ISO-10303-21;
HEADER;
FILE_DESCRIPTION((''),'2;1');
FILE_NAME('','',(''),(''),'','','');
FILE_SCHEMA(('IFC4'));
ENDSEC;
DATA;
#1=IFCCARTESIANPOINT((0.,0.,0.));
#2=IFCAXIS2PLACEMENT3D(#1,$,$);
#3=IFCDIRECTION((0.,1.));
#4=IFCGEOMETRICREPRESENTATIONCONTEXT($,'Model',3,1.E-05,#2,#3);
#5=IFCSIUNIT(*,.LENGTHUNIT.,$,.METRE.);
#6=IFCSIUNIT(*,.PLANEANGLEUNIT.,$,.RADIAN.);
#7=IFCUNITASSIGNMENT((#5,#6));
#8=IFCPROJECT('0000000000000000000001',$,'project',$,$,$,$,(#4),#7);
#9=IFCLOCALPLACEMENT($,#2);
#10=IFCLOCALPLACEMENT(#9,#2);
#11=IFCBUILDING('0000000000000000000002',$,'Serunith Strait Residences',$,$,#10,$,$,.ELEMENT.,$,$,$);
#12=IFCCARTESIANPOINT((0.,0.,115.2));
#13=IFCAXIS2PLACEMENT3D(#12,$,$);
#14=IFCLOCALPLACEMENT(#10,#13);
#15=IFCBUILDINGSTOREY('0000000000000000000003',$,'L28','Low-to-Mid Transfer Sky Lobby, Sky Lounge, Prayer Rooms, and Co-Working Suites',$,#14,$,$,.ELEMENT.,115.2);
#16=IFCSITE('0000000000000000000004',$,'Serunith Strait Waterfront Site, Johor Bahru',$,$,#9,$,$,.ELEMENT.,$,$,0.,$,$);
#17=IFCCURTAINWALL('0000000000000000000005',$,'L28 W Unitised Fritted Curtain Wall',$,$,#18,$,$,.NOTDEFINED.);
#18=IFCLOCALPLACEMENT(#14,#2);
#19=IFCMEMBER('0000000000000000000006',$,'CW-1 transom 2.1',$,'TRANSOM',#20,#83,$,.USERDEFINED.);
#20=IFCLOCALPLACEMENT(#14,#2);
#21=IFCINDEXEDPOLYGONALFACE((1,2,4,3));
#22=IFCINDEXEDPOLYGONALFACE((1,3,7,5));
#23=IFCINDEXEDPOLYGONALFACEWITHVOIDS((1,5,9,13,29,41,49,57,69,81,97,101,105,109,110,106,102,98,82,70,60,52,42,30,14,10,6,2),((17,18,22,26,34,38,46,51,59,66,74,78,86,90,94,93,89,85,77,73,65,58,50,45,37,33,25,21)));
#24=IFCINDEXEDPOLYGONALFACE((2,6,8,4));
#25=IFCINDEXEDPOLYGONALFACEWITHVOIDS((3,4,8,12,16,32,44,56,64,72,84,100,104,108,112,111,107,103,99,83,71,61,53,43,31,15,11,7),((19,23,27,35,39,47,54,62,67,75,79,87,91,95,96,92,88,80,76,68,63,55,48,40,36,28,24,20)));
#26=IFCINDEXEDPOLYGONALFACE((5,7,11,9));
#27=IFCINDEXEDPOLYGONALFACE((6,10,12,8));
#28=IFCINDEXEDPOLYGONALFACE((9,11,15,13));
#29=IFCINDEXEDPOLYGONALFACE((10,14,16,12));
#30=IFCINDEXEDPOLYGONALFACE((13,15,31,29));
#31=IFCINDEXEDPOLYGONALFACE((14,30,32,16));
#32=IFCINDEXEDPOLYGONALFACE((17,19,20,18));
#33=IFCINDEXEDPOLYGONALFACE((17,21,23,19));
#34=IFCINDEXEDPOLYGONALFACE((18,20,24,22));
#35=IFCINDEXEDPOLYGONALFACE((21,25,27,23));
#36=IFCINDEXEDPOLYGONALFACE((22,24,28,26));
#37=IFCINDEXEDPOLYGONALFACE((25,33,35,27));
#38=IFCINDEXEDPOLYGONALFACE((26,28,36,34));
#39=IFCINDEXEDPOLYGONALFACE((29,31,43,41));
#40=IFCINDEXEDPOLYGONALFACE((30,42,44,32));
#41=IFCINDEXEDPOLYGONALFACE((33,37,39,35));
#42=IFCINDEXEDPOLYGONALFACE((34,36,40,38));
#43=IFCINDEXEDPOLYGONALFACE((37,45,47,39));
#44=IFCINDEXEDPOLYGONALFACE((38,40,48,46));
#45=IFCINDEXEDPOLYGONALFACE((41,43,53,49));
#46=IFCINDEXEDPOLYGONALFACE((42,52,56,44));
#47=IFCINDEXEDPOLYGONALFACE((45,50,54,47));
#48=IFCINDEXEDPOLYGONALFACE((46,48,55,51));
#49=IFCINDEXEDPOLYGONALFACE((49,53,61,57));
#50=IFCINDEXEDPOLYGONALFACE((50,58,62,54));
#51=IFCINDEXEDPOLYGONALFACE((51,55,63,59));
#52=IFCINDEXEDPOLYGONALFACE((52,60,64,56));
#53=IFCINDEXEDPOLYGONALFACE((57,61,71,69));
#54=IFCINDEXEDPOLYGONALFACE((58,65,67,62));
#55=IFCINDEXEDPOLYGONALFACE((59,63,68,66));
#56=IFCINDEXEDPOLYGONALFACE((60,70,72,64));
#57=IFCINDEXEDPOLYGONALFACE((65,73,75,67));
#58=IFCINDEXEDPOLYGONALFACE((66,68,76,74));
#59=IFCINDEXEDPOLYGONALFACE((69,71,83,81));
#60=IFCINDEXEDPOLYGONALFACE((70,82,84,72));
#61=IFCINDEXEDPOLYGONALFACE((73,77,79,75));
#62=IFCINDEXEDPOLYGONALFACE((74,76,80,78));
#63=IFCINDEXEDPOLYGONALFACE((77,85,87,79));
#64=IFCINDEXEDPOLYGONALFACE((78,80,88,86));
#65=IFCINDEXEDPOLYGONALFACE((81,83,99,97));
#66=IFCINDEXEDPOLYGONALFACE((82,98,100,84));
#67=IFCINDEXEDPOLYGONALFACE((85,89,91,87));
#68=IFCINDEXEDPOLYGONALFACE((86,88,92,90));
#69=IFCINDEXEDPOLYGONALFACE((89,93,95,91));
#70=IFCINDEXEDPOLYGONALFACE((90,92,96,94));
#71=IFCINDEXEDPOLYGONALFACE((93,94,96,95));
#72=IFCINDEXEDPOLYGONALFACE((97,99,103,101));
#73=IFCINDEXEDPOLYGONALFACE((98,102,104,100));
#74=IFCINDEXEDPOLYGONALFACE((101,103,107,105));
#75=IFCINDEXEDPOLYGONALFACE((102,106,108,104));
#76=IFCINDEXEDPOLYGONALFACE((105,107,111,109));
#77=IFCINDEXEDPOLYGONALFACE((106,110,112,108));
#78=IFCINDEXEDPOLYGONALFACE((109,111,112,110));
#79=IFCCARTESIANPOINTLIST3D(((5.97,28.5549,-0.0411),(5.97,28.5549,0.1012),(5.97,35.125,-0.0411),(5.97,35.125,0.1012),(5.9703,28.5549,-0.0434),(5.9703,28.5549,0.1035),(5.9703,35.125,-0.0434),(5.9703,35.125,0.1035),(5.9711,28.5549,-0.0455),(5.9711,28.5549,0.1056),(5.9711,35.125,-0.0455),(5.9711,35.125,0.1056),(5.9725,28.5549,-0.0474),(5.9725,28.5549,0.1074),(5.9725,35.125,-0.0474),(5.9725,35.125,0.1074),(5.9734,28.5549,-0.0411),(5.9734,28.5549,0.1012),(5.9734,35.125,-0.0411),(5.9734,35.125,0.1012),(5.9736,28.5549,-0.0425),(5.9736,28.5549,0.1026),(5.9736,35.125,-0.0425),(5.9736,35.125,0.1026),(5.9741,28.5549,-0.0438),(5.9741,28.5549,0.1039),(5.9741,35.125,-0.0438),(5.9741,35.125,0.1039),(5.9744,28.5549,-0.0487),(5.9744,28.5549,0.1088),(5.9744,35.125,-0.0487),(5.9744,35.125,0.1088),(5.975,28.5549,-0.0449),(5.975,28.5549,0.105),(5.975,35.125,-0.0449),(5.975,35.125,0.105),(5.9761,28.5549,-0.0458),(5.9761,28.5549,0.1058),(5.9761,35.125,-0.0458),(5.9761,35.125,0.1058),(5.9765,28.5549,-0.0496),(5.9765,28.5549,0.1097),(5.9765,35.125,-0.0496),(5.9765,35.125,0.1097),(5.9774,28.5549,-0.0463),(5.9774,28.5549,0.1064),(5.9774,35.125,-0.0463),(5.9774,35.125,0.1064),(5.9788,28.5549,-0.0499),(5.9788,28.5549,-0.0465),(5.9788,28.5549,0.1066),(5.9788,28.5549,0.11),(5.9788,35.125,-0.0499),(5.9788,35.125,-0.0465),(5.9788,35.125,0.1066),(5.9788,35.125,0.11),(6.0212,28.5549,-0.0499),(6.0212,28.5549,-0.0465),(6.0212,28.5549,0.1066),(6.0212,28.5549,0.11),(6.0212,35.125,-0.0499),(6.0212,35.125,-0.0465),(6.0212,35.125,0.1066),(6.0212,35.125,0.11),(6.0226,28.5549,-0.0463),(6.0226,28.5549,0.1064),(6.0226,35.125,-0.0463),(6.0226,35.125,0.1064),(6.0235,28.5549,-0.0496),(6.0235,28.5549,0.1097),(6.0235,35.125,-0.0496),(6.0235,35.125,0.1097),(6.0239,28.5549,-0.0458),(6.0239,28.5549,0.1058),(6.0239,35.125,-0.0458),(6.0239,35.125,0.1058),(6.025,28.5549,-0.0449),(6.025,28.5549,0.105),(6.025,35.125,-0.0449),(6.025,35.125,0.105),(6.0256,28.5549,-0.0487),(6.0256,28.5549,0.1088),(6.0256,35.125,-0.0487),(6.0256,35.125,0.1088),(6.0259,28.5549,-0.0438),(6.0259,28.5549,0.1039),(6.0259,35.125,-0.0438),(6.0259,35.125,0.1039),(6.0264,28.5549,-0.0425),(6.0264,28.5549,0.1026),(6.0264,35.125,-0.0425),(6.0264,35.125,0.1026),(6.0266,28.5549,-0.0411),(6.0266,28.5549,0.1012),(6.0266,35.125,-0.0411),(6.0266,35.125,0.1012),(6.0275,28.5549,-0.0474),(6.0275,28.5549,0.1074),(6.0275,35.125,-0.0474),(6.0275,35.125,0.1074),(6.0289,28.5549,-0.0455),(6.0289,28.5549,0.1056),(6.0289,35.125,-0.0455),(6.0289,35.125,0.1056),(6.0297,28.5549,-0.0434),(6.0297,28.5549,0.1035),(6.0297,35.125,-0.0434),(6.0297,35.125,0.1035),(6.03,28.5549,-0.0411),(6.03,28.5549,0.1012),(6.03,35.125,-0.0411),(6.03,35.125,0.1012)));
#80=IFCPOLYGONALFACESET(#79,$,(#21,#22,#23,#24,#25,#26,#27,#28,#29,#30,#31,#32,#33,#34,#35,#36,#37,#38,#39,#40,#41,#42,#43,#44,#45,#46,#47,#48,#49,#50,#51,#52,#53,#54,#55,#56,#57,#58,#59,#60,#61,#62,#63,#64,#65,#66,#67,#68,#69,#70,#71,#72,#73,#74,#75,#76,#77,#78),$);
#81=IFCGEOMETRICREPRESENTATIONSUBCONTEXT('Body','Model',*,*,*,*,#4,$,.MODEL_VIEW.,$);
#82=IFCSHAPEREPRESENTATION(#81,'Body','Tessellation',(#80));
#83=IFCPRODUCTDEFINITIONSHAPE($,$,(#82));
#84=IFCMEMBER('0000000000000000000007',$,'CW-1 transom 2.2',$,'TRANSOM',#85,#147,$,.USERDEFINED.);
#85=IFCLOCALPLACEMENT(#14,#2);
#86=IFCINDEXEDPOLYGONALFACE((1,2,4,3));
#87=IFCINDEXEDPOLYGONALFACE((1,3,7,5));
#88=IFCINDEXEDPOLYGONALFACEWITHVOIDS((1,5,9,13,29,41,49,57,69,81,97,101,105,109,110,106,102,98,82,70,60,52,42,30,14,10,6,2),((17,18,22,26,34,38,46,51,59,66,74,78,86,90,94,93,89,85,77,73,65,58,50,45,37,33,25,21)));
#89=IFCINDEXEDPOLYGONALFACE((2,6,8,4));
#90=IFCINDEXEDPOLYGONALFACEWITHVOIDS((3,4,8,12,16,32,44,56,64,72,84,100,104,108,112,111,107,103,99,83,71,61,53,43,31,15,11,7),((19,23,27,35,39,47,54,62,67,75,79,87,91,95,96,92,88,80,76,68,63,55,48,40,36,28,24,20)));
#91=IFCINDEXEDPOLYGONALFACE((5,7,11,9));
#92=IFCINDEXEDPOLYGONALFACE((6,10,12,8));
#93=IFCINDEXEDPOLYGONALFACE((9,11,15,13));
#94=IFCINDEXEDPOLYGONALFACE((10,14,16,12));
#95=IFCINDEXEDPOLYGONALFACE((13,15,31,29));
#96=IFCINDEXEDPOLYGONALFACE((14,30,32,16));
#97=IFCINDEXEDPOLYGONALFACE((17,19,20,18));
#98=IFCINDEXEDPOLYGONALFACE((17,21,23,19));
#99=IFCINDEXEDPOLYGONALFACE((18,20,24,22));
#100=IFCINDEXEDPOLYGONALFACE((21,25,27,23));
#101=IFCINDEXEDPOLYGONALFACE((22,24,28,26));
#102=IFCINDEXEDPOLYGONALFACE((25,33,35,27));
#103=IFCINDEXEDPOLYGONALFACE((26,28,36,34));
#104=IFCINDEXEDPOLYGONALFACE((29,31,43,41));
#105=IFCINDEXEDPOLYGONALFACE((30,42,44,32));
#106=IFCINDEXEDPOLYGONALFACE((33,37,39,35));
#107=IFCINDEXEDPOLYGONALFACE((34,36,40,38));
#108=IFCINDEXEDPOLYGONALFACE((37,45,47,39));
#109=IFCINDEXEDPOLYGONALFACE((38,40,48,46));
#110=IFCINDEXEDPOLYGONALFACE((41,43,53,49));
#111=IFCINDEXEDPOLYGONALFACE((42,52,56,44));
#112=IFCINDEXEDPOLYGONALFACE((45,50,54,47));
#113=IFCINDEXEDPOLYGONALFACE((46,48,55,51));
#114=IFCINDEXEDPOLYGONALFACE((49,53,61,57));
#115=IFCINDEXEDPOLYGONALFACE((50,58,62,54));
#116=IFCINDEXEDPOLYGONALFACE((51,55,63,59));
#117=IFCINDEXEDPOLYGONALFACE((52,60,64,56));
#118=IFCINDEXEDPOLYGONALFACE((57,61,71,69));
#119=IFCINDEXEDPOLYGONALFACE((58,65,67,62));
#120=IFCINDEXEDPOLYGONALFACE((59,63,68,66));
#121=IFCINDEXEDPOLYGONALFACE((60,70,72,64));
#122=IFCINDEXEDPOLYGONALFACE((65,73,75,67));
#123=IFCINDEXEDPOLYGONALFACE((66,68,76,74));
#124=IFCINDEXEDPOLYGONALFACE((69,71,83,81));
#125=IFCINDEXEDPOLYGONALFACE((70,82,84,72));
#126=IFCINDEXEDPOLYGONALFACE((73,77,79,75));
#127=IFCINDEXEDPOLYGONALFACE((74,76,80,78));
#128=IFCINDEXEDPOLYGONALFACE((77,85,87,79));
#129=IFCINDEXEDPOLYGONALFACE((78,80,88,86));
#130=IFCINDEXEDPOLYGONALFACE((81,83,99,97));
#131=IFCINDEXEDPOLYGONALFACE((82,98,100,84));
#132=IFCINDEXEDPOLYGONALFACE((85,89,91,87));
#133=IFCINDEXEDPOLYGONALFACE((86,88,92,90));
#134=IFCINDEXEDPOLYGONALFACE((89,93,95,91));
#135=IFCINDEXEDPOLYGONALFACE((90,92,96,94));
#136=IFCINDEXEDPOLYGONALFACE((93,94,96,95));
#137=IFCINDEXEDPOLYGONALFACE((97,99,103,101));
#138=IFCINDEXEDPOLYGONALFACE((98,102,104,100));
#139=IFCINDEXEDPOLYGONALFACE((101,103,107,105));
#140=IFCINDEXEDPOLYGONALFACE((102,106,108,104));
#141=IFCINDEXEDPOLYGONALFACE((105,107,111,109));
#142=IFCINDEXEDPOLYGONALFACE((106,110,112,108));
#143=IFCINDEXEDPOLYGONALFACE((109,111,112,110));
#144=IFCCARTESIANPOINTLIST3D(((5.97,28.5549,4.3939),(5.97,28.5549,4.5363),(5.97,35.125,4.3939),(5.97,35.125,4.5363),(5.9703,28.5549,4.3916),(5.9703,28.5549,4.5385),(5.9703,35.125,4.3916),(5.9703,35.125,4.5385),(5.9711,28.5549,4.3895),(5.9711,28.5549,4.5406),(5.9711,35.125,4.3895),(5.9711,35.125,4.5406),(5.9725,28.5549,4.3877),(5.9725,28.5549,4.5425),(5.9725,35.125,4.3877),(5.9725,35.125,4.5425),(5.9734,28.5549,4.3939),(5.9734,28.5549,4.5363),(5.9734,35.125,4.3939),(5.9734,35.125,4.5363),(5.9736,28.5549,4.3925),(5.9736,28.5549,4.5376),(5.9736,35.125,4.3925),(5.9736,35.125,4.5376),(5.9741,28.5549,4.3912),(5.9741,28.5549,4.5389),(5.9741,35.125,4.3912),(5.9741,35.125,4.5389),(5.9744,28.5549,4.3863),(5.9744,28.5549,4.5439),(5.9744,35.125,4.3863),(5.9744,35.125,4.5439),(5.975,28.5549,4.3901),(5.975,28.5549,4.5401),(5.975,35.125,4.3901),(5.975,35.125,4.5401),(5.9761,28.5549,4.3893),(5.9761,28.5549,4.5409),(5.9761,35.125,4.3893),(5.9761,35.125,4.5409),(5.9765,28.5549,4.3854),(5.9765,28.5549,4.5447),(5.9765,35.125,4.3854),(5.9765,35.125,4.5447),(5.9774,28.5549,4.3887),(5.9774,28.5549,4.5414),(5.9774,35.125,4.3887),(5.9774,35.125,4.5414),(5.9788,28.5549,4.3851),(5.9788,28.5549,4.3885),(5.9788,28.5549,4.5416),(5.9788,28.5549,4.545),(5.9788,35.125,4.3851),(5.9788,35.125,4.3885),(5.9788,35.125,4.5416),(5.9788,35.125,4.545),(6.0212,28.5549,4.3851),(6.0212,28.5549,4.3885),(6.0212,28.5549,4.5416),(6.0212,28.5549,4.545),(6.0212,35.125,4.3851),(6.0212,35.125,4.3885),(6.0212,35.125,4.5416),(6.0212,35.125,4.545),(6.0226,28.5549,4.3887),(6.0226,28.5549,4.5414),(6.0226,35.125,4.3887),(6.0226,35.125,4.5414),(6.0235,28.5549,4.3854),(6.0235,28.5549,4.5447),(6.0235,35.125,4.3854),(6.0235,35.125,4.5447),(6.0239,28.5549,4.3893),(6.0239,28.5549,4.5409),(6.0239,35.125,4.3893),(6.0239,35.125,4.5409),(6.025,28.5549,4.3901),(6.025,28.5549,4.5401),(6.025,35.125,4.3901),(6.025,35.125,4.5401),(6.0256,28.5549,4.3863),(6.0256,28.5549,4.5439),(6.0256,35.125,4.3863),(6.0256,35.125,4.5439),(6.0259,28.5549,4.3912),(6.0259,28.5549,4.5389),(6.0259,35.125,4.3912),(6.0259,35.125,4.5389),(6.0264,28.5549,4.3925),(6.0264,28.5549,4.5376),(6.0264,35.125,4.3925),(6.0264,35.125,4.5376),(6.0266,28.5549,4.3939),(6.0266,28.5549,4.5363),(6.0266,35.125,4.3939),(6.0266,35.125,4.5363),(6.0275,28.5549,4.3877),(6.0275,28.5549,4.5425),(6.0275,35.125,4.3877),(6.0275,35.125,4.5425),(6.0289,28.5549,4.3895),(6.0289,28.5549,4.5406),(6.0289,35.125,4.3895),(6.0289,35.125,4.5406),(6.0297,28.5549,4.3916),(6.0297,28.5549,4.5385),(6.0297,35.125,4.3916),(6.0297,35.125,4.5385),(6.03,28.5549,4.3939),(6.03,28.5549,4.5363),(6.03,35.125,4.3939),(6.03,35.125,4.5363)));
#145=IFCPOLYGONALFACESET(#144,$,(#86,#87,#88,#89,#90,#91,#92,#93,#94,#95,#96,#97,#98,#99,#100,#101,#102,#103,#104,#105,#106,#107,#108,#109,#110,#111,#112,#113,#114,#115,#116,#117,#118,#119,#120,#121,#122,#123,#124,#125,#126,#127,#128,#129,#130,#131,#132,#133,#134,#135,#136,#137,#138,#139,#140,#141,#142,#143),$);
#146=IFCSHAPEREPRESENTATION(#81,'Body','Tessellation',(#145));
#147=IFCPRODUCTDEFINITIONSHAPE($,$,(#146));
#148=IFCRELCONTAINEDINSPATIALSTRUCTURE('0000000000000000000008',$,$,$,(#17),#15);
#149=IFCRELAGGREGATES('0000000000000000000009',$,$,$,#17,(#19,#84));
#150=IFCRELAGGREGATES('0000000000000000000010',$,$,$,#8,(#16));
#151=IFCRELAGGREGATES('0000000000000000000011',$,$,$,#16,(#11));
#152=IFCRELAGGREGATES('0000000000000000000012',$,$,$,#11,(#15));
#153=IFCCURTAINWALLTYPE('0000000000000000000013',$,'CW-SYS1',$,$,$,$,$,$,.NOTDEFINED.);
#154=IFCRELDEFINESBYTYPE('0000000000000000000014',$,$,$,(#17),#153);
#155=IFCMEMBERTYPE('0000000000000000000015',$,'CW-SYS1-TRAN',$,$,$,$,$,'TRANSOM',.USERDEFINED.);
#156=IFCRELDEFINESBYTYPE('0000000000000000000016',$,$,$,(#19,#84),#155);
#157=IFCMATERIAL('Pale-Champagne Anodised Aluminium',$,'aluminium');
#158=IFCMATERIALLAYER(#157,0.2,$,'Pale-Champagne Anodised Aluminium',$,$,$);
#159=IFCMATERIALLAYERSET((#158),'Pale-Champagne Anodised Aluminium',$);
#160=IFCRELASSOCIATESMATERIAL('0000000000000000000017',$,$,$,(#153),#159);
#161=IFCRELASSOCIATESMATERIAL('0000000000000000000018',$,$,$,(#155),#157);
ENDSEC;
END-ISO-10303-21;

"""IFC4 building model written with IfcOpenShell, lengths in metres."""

from ifc_helpers import new_model, si_unit, direction, frame, origin, origin_2d, place, context, subcontext, project, spatial, hollow_rectangle, extrude, source, transform, mapped, material, layer, layer_set, material_profile, profile_set, type_object, element, aggregate, save


model = new_model("IFC4")

# Units and contexts
model_context = context("Model", 3, precision=1e-05, world=origin(), true_north=direction((0.0, 1.0)))
body_context = subcontext(model_context, "Body", "Model", "MODEL_VIEW")
ifc_project = project(units=[si_unit("LENGTHUNIT", "METRE"), si_unit("PLANEANGLEUNIT", "RADIAN")], contexts=[model_context])

# Site, building, storey
site_placement = place(None, origin())
site = spatial("IfcSite", under=ifc_project, at=site_placement, Name="Serunith Strait Waterfront Site, Johor Bahru", CompositionType="ELEMENT", RefElevation=0.0)
building_placement = place(site_placement, origin())
building = spatial("IfcBuilding", under=site, at=building_placement, Name="Serunith Strait Residences", CompositionType="ELEMENT")
storey_placement = place(building_placement, frame((0.0, 0.0, 115.2)))
storey = spatial("IfcBuildingStorey", under=building, at=storey_placement, Name="L28", Description="Low-to-Mid Transfer Sky Lobby, Sky Lounge, Prayer Rooms, and Co-Working Suites", CompositionType="ELEMENT", Elevation=115.2)

# Curtain wall, members
ifc_material_1 = material(Name="Pale-Champagne Anodised Aluminium", Category="aluminium")
ifc_layer_1 = layer(ifc_material_1, 0.2, Name="Pale-Champagne Anodised Aluminium")
ifc_layer_set_1 = layer_set([ifc_layer_1], Name="Pale-Champagne Anodised Aluminium")
curtain_wall_type = type_object("IfcCurtainWallType", Name="CW-SYS1", PredefinedType="NOTDEFINED", material=ifc_layer_set_1)
curtain_wall_placement = place(storey_placement, origin())
curtain_wall = element("IfcCurtainWall", 1, at=curtain_wall_placement, inside=storey, type_object=curtain_wall_type, Name="L28 W Unitised Fritted Curtain Wall", PredefinedType="NOTDEFINED")
ifc_material_profile_1 = material_profile(ifc_material_1, hollow_rectangle(XDim=0.0601, YDim=0.1599, WallThickness=0.0034, InnerFilletRadius=0.0054, OuterFilletRadius=0.0088, at=origin_2d()), Name="ALU 160x60x3.5")
ifc_profile_set_1 = profile_set([ifc_material_profile_1], Name="Pale-Champagne Anodised Aluminium")
member_type_1 = type_object("IfcMemberType", Name="CW-SYS1-TRAN", ElementType="TRANSOM", PredefinedType="USERDEFINED", material=ifc_profile_set_1)
shared_shape_1 = source(origin(), body_context, "Body", "SweptSolid", [
    extrude(hollow_rectangle(XDim=0.0601, YDim=0.1599, WallThickness=0.0034, InnerFilletRadius=0.0054, OuterFilletRadius=0.0088, at=origin_2d()), origin(), (0.0, 0.0, 1.0), 6.5701),
])
member_1_placement = place(storey_placement, frame((6.0, 35.125, 0.03), z_axis=(0.0, -1.0, 0.0), x_axis=(1.0, 0.0, 0.0)))
member_1 = element("IfcMember", 2, at=member_1_placement, type_object=member_type_1, Name="CW-1 transom 2.1", ObjectType="TRANSOM", PredefinedType="USERDEFINED", context=body_context, shape_type="MappedRepresentation", body=[
    mapped(shared_shape_1, transform((0.0, 0.0, 0.0), scale=1.0)),
])
member_2_placement = place(storey_placement, frame((6.0, 35.125, 4.4651), z_axis=(0.0, -1.0, 0.0), x_axis=(1.0, 0.0, 0.0)))
member_2 = element("IfcMember", 3, at=member_2_placement, type_object=member_type_1, Name="CW-1 transom 2.2", ObjectType="TRANSOM", PredefinedType="USERDEFINED", context=body_context, shape_type="MappedRepresentation", body=[
    mapped(shared_shape_1, transform((0.0, 0.0, 0.0), scale=1.0)),
])
aggregate(curtain_wall, [member_1, member_2])

save(model, "model.ifc")
